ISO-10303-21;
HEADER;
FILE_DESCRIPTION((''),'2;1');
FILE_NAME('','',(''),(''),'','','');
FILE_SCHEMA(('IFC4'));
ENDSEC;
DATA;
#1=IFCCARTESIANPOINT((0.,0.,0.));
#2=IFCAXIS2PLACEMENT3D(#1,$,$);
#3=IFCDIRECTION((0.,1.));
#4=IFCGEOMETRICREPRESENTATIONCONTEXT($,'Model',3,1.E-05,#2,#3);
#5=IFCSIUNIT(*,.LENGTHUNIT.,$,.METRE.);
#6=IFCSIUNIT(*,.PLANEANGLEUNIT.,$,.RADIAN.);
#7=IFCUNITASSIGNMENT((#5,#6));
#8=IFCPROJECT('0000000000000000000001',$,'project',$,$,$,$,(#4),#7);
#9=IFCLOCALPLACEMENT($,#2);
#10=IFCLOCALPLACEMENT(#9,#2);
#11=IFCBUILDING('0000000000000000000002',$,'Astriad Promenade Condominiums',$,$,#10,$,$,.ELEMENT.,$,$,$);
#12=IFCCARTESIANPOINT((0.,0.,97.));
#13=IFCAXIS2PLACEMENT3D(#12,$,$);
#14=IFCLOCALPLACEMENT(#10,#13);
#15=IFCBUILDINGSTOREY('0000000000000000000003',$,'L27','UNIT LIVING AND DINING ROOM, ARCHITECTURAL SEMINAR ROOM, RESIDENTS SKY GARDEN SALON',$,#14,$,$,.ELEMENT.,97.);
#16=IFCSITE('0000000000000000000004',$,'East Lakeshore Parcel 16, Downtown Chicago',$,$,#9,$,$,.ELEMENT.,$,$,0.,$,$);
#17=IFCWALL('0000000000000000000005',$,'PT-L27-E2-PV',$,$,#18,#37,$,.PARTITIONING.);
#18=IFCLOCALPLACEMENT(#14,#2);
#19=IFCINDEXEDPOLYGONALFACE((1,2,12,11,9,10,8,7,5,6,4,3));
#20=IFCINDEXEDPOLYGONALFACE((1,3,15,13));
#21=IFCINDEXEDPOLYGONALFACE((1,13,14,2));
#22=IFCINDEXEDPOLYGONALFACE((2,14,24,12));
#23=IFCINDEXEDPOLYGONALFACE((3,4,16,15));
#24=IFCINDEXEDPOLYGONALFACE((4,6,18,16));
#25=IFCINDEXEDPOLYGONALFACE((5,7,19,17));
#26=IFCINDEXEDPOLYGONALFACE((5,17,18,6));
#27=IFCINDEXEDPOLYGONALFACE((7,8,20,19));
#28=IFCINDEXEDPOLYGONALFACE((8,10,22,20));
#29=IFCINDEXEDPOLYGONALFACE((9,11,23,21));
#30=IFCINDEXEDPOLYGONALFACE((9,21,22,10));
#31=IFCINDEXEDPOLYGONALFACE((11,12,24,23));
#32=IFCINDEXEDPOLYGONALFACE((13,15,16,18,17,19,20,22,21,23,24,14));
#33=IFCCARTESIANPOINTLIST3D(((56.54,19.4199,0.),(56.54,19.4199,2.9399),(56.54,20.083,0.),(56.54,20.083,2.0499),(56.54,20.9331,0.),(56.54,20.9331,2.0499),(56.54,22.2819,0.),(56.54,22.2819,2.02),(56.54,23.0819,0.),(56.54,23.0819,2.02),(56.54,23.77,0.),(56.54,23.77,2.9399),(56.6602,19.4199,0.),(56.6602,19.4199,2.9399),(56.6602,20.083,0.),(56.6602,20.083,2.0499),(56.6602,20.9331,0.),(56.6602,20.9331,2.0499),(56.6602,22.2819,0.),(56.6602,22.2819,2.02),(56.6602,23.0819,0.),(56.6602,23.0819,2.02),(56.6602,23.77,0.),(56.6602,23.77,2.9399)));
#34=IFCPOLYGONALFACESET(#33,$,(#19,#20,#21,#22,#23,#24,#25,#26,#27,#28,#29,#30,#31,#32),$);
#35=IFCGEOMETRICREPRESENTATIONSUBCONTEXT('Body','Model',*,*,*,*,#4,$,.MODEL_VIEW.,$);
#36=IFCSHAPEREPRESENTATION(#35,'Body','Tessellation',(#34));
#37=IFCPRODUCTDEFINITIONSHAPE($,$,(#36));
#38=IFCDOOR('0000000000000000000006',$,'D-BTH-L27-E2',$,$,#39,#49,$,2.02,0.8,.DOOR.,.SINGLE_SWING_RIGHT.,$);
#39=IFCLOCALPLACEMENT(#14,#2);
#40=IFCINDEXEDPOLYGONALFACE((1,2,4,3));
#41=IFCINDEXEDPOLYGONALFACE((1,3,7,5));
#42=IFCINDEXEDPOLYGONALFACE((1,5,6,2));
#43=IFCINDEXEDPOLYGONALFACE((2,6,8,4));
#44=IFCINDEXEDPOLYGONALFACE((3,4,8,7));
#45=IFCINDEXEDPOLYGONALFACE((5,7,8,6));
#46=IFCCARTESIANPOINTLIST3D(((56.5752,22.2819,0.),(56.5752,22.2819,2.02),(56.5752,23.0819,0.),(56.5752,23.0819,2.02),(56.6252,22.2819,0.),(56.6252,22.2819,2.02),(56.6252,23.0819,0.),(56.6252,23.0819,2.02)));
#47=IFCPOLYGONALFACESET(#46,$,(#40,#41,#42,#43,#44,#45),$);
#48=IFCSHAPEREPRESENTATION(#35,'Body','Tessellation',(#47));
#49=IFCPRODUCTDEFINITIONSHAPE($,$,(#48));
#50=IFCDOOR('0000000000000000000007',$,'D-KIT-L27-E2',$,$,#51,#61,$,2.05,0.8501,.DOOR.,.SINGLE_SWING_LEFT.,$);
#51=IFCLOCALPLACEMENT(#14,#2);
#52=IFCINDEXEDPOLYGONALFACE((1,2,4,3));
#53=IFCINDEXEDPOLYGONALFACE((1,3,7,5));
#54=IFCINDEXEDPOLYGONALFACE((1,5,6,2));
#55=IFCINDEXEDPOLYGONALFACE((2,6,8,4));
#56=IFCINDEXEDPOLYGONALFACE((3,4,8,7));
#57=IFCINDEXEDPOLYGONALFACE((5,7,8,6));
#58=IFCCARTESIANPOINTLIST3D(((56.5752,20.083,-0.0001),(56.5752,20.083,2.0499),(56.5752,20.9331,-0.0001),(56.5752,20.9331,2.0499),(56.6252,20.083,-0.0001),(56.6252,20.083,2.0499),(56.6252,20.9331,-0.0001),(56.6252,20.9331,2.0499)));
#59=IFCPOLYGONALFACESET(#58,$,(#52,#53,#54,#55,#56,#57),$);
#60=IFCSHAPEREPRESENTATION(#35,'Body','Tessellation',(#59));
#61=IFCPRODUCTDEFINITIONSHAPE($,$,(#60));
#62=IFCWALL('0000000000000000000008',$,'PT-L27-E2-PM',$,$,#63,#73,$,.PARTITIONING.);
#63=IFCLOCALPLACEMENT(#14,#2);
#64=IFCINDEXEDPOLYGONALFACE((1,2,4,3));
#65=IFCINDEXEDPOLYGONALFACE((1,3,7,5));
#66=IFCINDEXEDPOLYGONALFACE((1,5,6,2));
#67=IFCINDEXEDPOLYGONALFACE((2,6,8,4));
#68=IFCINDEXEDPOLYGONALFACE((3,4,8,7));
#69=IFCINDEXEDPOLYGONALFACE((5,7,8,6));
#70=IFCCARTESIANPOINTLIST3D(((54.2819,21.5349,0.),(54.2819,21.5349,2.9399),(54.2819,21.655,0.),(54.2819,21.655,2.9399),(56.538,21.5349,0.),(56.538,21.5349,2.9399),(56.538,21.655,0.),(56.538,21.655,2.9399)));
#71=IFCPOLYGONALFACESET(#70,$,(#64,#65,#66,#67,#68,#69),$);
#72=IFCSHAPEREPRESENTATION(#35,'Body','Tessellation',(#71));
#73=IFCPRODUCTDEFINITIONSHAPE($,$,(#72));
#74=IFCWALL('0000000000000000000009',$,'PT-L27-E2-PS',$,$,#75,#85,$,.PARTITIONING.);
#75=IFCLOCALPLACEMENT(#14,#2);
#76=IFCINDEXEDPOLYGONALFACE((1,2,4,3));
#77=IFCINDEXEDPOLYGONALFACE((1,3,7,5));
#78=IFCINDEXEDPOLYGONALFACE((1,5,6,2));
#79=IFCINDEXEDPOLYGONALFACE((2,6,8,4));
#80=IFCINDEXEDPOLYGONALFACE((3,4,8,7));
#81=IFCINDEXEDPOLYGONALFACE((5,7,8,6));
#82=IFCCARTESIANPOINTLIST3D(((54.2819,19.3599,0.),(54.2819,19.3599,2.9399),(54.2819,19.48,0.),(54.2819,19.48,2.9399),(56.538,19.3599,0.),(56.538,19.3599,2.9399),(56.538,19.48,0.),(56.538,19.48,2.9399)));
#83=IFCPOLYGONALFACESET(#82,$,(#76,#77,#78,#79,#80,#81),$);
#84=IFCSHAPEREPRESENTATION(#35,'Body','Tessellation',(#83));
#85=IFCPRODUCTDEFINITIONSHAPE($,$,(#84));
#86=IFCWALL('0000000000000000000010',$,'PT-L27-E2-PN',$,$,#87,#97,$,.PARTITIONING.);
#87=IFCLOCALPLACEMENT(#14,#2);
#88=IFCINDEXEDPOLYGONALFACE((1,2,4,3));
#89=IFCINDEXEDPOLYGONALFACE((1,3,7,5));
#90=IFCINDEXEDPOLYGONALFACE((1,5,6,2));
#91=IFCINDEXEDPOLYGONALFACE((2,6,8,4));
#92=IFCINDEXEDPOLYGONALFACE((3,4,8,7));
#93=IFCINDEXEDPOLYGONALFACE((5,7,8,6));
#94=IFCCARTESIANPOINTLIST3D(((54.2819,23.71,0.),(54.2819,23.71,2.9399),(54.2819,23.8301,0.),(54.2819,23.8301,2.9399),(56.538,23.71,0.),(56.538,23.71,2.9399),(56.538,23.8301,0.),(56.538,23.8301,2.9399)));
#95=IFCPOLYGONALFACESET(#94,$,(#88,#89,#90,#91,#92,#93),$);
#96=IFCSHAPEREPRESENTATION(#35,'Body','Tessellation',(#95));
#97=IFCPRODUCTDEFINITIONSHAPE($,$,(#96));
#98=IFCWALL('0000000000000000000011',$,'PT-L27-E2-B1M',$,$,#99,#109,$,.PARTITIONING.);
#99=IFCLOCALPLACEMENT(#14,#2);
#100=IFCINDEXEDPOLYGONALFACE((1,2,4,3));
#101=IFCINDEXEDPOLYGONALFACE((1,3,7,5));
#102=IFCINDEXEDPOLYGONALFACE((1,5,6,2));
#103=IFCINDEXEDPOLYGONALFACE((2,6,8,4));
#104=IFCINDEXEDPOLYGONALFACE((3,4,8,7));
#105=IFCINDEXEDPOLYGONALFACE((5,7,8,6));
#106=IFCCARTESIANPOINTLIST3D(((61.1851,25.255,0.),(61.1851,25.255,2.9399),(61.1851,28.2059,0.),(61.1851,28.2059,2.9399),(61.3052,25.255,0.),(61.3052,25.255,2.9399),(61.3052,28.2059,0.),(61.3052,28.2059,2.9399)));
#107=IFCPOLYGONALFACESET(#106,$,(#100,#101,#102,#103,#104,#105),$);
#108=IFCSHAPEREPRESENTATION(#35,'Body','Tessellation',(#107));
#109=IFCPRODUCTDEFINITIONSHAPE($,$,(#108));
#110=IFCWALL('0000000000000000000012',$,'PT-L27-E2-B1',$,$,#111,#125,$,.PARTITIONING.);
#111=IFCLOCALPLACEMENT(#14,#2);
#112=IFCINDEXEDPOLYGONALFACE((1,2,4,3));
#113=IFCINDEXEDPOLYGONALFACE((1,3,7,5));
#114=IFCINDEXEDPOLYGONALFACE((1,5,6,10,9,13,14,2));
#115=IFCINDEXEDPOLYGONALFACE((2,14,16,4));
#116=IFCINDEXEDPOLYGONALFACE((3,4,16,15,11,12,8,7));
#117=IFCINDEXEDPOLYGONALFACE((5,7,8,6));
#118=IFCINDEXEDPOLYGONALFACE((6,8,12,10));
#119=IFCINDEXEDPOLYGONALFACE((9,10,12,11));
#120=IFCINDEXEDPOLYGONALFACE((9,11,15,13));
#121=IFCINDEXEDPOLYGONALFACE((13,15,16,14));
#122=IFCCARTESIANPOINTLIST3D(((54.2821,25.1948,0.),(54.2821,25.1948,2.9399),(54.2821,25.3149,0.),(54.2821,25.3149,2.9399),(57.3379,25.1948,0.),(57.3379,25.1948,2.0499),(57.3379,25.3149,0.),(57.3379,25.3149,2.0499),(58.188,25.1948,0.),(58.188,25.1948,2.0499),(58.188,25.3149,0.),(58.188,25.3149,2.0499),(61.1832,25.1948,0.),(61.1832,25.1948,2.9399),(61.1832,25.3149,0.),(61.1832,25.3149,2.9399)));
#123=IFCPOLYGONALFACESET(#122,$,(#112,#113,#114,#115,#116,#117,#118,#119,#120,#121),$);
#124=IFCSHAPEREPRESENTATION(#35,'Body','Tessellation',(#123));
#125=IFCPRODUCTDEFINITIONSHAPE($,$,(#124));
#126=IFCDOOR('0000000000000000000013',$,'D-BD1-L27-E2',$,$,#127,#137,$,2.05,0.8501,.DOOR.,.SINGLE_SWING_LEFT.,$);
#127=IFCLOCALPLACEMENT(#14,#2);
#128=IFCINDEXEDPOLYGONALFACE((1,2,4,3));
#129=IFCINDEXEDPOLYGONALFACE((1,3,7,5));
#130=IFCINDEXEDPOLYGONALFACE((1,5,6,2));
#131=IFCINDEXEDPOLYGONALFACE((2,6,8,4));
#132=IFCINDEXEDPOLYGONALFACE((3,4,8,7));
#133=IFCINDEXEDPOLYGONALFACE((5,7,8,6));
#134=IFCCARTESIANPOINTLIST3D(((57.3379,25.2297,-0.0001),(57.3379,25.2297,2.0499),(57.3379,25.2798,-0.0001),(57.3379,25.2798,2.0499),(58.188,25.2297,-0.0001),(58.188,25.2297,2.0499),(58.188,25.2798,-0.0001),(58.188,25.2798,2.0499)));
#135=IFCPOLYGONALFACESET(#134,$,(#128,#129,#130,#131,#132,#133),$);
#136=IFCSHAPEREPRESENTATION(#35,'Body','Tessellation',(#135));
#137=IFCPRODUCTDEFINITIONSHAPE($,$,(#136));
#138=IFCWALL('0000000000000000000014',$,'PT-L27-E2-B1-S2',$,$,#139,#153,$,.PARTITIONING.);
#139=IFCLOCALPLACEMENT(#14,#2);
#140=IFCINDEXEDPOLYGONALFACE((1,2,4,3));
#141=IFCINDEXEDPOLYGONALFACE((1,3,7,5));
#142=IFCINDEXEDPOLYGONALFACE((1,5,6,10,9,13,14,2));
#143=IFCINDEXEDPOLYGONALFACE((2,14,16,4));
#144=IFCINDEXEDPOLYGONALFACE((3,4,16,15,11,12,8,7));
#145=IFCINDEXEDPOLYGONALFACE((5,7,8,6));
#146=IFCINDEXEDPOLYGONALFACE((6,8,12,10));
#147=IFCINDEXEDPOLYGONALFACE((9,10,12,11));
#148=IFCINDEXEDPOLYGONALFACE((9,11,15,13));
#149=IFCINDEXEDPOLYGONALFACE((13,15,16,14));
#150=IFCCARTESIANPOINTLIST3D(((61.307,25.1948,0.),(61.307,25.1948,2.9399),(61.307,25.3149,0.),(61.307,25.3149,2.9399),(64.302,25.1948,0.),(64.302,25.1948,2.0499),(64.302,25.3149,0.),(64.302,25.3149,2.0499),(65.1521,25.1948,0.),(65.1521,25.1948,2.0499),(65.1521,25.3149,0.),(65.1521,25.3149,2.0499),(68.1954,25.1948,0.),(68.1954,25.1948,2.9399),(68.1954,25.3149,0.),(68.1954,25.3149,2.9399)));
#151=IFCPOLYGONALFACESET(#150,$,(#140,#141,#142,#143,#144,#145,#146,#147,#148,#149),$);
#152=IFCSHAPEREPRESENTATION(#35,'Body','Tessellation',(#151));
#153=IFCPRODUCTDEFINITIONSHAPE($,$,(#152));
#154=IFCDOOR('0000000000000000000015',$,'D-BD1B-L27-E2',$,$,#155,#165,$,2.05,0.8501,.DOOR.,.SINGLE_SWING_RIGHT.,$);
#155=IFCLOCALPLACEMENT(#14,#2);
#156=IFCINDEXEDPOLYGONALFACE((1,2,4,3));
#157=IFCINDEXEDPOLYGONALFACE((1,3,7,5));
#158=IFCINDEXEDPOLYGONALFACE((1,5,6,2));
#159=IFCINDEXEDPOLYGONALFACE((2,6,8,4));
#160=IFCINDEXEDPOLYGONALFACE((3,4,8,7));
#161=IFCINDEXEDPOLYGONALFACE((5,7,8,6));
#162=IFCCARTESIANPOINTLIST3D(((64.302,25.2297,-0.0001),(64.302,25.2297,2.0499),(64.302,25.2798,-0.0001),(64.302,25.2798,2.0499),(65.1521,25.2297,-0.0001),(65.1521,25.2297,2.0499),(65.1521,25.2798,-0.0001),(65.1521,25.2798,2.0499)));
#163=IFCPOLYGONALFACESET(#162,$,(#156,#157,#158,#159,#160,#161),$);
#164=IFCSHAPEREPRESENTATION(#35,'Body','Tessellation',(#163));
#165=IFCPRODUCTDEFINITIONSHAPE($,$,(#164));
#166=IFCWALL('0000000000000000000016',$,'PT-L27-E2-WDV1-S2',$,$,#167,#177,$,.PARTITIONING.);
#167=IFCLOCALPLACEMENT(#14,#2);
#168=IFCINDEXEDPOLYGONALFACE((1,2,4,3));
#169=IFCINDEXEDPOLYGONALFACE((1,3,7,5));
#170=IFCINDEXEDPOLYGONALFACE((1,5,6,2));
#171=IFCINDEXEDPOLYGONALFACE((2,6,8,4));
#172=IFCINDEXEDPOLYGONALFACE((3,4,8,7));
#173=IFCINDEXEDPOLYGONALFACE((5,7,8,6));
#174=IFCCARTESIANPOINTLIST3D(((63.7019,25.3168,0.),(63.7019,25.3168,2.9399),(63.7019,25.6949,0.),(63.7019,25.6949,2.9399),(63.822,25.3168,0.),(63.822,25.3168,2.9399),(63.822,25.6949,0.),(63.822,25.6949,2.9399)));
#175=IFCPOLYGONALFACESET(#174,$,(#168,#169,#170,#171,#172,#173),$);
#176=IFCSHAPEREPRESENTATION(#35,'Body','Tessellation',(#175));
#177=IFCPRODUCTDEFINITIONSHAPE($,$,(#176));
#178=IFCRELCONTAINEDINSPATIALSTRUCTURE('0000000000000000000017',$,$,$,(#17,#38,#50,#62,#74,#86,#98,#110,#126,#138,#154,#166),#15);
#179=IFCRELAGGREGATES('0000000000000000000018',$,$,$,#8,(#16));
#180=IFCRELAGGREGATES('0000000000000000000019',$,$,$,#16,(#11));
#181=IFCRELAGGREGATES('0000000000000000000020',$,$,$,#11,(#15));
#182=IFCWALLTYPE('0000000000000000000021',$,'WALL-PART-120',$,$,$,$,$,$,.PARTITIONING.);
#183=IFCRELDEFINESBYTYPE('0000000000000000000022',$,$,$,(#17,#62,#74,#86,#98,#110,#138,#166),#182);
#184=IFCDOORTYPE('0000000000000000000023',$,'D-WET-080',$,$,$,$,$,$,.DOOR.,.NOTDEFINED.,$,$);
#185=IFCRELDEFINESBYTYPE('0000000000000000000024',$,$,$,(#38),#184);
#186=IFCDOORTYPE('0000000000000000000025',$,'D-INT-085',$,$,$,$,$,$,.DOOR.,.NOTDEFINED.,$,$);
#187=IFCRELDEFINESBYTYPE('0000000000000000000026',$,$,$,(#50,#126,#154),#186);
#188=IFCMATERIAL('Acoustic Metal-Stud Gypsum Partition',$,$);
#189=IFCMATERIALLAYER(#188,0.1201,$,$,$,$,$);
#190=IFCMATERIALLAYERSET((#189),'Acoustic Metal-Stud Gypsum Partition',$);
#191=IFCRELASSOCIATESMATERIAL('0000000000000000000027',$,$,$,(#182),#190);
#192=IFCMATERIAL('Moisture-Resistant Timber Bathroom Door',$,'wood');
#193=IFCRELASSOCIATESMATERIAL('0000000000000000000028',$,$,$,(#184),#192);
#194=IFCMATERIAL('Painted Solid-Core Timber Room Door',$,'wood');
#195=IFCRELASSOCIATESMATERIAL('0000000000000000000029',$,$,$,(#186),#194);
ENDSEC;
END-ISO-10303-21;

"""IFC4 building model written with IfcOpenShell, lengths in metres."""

from ifc_helpers import new_model, si_unit, direction, frame, frame_2d, origin, place, context, subcontext, project, spatial, rectangle, extrude, source, transform, mapped, material, layer, layer_set, type_object, type_shapes, element, fill, save


model = new_model("IFC4")

# Units and contexts
model_context = context("Model", 3, precision=1e-05, world=origin(), true_north=direction((0.0, 1.0)))
body_context = subcontext(model_context, "Body", "Model", "MODEL_VIEW")
ifc_project = project(units=[si_unit("LENGTHUNIT", "METRE"), si_unit("PLANEANGLEUNIT", "RADIAN")], contexts=[model_context])

# Site, building, storey
site_placement = place(None, origin())
site = spatial("IfcSite", under=ifc_project, at=site_placement, Name="East Lakeshore Parcel 16, Downtown Chicago", CompositionType="ELEMENT", RefElevation=0.0)
building_placement = place(site_placement, origin())
building = spatial("IfcBuilding", under=site, at=building_placement, Name="Astriad Promenade Condominiums", CompositionType="ELEMENT")
storey_placement = place(building_placement, frame((0.0, 0.0, 97.0)))
storey = spatial("IfcBuildingStorey", under=building, at=storey_placement, Name="L27", Description="UNIT LIVING AND DINING ROOM, ARCHITECTURAL SEMINAR ROOM, RESIDENTS SKY GARDEN SALON", CompositionType="ELEMENT", Elevation=97.0)

# Wall, openings, doors
ifc_material_1 = material(Name="Acoustic Metal-Stud Gypsum Partition")
ifc_layer_1 = layer(ifc_material_1, 0.1201)
ifc_layer_set_1 = layer_set([ifc_layer_1], Name="Acoustic Metal-Stud Gypsum Partition")
wall_type_1 = type_object("IfcWallType", Name="WALL-PART-120", PredefinedType="PARTITIONING", material=ifc_layer_set_1)
wall_1_placement = place(storey_placement, frame((56.6001, 19.4199, 0.0), z_axis=(0.0, 0.0, 1.0), x_axis=(0.0, 1.0, 0.0)))
wall_1 = element("IfcWall", 1, at=wall_1_placement, inside=storey, type_object=wall_type_1, Name="PT-L27-E2-PV", PredefinedType="PARTITIONING", context=body_context, shape_type="SweptSolid", body=[
    extrude(rectangle(XDim=4.3501, YDim=0.1201, at=frame_2d((2.175, 0.0))), origin(), (0.0, 0.0, 1.0), 2.9399),
])
opening_1_placement = place(wall_1_placement, frame((0.6631, 0.0, 0.0)))
opening_1 = element("IfcOpeningElement", 2, at=opening_1_placement, cuts=wall_1, PredefinedType="OPENING", context=body_context, shape_type="SweptSolid", body=[
    extrude(rectangle(XDim=0.8501, YDim=2.05, at=frame_2d((0.425, 1.0249))), frame((0.0, 0.0701, 0.0), z_axis=(0.0, -1.0, 0.0), x_axis=(1.0, 0.0, 0.0)), (0.0, 0.0, 1.0), 0.1401),
])
opening_2_placement = place(wall_1_placement, frame((2.8621, 0.0, 0.0)))
opening_2 = element("IfcOpeningElement", 3, at=opening_2_placement, cuts=wall_1, PredefinedType="OPENING", context=body_context, shape_type="SweptSolid", body=[
    extrude(rectangle(XDim=0.8, YDim=2.02, at=frame_2d((0.3999, 1.01))), frame((0.0, 0.0701, 0.0), z_axis=(0.0, -1.0, 0.0), x_axis=(1.0, 0.0, 0.0)), (0.0, 0.0, 1.0), 0.1401),
])
ifc_material_2 = material(Name="Moisture-Resistant Timber Bathroom Door", Category="wood")
door_type_1 = type_object("IfcDoorType", Name="D-WET-080", OperationType="NOTDEFINED", PredefinedType="DOOR", material=ifc_material_2)
shared_shape_1 = source(origin(), body_context, "Body", "SweptSolid", [
    extrude(rectangle(XDim=0.8, YDim=2.02, at=frame_2d((0.3999, 1.01))), frame((0.0, 0.0249, 0.0), z_axis=(0.0, -1.0, 0.0), x_axis=(1.0, 0.0, 0.0)), (0.0, 0.0, 1.0), 0.05),
])
type_shapes(door_type_1, [shared_shape_1])
door_1_placement = place(opening_2_placement, origin())
door_1 = element("IfcDoor", 4, at=door_1_placement, inside=storey, type_object=door_type_1, Name="D-BTH-L27-E2", OperationType="SINGLE_SWING_RIGHT", OverallHeight=2.02, OverallWidth=0.8, PredefinedType="DOOR", context=body_context, shape_type="MappedRepresentation", body=[
    mapped(shared_shape_1, transform((0.0, 0.0, 0.0), scale=1.0)),
])
fill(opening_2, door_1)
ifc_material_3 = material(Name="Painted Solid-Core Timber Room Door", Category="wood")
door_type_2 = type_object("IfcDoorType", Name="D-INT-085", OperationType="NOTDEFINED", PredefinedType="DOOR", material=ifc_material_3)
shared_shape_2 = source(origin(), body_context, "Body", "SweptSolid", [
    extrude(rectangle(XDim=0.8501, YDim=2.05, at=frame_2d((0.425, 1.0249))), frame((0.0, 0.0249, 0.0), z_axis=(0.0, -1.0, 0.0), x_axis=(1.0, 0.0, 0.0)), (0.0, 0.0, 1.0), 0.05),
])
type_shapes(door_type_2, [shared_shape_2])
door_2_placement = place(opening_1_placement, origin())
door_2 = element("IfcDoor", 5, at=door_2_placement, inside=storey, type_object=door_type_2, Name="D-KIT-L27-E2", OperationType="SINGLE_SWING_LEFT", OverallHeight=2.05, OverallWidth=0.8501, PredefinedType="DOOR", context=body_context, shape_type="MappedRepresentation", body=[
    mapped(shared_shape_2, transform((0.0, 0.0, 0.0), scale=1.0)),
])
fill(opening_1, door_2)

# Walls
for number, where, z_axis, x_axis, name in (
    (6, (54.282, 21.595, 0.0), (0.0, 0.0, 1.0), (1.0, 0.0, 0.0), "PT-L27-E2-PM"),
    (7, (54.282, 19.4199, 0.0), (0.0, 0.0, 1.0), (1.0, 0.0, 0.0), "PT-L27-E2-PS"),
    (8, (54.282, 23.77, 0.0), (0.0, 0.0, 1.0), (1.0, 0.0, 0.0), "PT-L27-E2-PN"),
):
    element("IfcWall", number, at=place(storey_placement, frame(where, z_axis=z_axis, x_axis=x_axis)), inside=storey, type_object=wall_type_1, Name=name, PredefinedType="PARTITIONING", context=body_context, shape_type="SweptSolid", body=[
        extrude(rectangle(XDim=2.2561, YDim=0.1201, at=frame_2d((1.1279, 0.0))), origin(), (0.0, 0.0, 1.0), 2.9399),
    ])
wall_2_placement = place(storey_placement, frame((61.2451, 25.2549, 0.0), z_axis=(0.0, 0.0, 1.0), x_axis=(0.0, 1.0, 0.0)))
element("IfcWall", 9, at=wall_2_placement, inside=storey, type_object=wall_type_1, Name="PT-L27-E2-B1M", PredefinedType="PARTITIONING", context=body_context, shape_type="SweptSolid", body=[
    extrude(rectangle(XDim=2.9509, YDim=0.1201, at=frame_2d((1.4756, 0.0))), origin(), (0.0, 0.0, 1.0), 2.9399),
])

# Walls, openings, doors
wall_3_placement = place(storey_placement, frame((54.282, 25.2549, 0.0), z_axis=(0.0, 0.0, 1.0), x_axis=(1.0, 0.0, 0.0)))
wall_3 = element("IfcWall", 10, at=wall_3_placement, inside=storey, type_object=wall_type_1, Name="PT-L27-E2-B1", PredefinedType="PARTITIONING", context=body_context, shape_type="SweptSolid", body=[
    extrude(rectangle(XDim=6.9011, YDim=0.1201, at=frame_2d((3.4507, 0.0))), origin(), (0.0, 0.0, 1.0), 2.9399),
])
opening_3_placement = place(wall_3_placement, frame((3.0559, 0.0, 0.0)))
opening_3 = element("IfcOpeningElement", 11, at=opening_3_placement, cuts=wall_3, PredefinedType="OPENING", context=body_context, shape_type="SweptSolid", body=[
    extrude(rectangle(XDim=0.8501, YDim=2.05, at=frame_2d((0.425, 1.0249))), frame((0.0, 0.0701, 0.0), z_axis=(0.0, -1.0, 0.0), x_axis=(1.0, 0.0, 0.0)), (0.0, 0.0, 1.0), 0.1401),
])
door_3_placement = place(opening_3_placement, origin())
door_3 = element("IfcDoor", 12, at=door_3_placement, inside=storey, type_object=door_type_2, Name="D-BD1-L27-E2", OperationType="SINGLE_SWING_LEFT", OverallHeight=2.05, OverallWidth=0.8501, PredefinedType="DOOR", context=body_context, shape_type="MappedRepresentation", body=[
    mapped(shared_shape_2, transform((0.0, 0.0, 0.0), scale=1.0)),
])
fill(opening_3, door_3)
wall_4_placement = place(storey_placement, frame((61.3069, 25.2549, 0.0), z_axis=(0.0, 0.0, 1.0), x_axis=(1.0, 0.0, 0.0)))
wall_4 = element("IfcWall", 13, at=wall_4_placement, inside=storey, type_object=wall_type_1, Name="PT-L27-E2-B1-S2", PredefinedType="PARTITIONING", context=body_context, shape_type="SweptSolid", body=[
    extrude(rectangle(XDim=6.8884, YDim=0.1201, at=frame_2d((3.4443, 0.0))), origin(), (0.0, 0.0, 1.0), 2.9399),
])
opening_4_placement = place(wall_4_placement, frame((2.9951, 0.0, 0.0)))
opening_4 = element("IfcOpeningElement", 14, at=opening_4_placement, cuts=wall_4, PredefinedType="OPENING", context=body_context, shape_type="SweptSolid", body=[
    extrude(rectangle(XDim=0.8501, YDim=2.05, at=frame_2d((0.425, 1.0249))), frame((0.0, 0.0701, 0.0), z_axis=(0.0, -1.0, 0.0), x_axis=(1.0, 0.0, 0.0)), (0.0, 0.0, 1.0), 0.1401),
])
door_4_placement = place(opening_4_placement, origin())
door_4 = element("IfcDoor", 15, at=door_4_placement, inside=storey, type_object=door_type_2, Name="D-BD1B-L27-E2", OperationType="SINGLE_SWING_RIGHT", OverallHeight=2.05, OverallWidth=0.8501, PredefinedType="DOOR", context=body_context, shape_type="MappedRepresentation", body=[
    mapped(shared_shape_2, transform((0.0, 0.0, 0.0), scale=1.0)),
])
fill(opening_4, door_4)

# Wall
wall_5_placement = place(storey_placement, frame((63.762, 25.3169, 0.0), z_axis=(0.0, 0.0, 1.0), x_axis=(0.0, 1.0, 0.0)))
element("IfcWall", 16, at=wall_5_placement, inside=storey, type_object=wall_type_1, Name="PT-L27-E2-WDV1-S2", PredefinedType="PARTITIONING", context=body_context, shape_type="SweptSolid", body=[
    extrude(rectangle(XDim=0.3782, YDim=0.1201, at=frame_2d((0.189, 0.0))), origin(), (0.0, 0.0, 1.0), 2.9399),
])

save(model, "model.ifc")
